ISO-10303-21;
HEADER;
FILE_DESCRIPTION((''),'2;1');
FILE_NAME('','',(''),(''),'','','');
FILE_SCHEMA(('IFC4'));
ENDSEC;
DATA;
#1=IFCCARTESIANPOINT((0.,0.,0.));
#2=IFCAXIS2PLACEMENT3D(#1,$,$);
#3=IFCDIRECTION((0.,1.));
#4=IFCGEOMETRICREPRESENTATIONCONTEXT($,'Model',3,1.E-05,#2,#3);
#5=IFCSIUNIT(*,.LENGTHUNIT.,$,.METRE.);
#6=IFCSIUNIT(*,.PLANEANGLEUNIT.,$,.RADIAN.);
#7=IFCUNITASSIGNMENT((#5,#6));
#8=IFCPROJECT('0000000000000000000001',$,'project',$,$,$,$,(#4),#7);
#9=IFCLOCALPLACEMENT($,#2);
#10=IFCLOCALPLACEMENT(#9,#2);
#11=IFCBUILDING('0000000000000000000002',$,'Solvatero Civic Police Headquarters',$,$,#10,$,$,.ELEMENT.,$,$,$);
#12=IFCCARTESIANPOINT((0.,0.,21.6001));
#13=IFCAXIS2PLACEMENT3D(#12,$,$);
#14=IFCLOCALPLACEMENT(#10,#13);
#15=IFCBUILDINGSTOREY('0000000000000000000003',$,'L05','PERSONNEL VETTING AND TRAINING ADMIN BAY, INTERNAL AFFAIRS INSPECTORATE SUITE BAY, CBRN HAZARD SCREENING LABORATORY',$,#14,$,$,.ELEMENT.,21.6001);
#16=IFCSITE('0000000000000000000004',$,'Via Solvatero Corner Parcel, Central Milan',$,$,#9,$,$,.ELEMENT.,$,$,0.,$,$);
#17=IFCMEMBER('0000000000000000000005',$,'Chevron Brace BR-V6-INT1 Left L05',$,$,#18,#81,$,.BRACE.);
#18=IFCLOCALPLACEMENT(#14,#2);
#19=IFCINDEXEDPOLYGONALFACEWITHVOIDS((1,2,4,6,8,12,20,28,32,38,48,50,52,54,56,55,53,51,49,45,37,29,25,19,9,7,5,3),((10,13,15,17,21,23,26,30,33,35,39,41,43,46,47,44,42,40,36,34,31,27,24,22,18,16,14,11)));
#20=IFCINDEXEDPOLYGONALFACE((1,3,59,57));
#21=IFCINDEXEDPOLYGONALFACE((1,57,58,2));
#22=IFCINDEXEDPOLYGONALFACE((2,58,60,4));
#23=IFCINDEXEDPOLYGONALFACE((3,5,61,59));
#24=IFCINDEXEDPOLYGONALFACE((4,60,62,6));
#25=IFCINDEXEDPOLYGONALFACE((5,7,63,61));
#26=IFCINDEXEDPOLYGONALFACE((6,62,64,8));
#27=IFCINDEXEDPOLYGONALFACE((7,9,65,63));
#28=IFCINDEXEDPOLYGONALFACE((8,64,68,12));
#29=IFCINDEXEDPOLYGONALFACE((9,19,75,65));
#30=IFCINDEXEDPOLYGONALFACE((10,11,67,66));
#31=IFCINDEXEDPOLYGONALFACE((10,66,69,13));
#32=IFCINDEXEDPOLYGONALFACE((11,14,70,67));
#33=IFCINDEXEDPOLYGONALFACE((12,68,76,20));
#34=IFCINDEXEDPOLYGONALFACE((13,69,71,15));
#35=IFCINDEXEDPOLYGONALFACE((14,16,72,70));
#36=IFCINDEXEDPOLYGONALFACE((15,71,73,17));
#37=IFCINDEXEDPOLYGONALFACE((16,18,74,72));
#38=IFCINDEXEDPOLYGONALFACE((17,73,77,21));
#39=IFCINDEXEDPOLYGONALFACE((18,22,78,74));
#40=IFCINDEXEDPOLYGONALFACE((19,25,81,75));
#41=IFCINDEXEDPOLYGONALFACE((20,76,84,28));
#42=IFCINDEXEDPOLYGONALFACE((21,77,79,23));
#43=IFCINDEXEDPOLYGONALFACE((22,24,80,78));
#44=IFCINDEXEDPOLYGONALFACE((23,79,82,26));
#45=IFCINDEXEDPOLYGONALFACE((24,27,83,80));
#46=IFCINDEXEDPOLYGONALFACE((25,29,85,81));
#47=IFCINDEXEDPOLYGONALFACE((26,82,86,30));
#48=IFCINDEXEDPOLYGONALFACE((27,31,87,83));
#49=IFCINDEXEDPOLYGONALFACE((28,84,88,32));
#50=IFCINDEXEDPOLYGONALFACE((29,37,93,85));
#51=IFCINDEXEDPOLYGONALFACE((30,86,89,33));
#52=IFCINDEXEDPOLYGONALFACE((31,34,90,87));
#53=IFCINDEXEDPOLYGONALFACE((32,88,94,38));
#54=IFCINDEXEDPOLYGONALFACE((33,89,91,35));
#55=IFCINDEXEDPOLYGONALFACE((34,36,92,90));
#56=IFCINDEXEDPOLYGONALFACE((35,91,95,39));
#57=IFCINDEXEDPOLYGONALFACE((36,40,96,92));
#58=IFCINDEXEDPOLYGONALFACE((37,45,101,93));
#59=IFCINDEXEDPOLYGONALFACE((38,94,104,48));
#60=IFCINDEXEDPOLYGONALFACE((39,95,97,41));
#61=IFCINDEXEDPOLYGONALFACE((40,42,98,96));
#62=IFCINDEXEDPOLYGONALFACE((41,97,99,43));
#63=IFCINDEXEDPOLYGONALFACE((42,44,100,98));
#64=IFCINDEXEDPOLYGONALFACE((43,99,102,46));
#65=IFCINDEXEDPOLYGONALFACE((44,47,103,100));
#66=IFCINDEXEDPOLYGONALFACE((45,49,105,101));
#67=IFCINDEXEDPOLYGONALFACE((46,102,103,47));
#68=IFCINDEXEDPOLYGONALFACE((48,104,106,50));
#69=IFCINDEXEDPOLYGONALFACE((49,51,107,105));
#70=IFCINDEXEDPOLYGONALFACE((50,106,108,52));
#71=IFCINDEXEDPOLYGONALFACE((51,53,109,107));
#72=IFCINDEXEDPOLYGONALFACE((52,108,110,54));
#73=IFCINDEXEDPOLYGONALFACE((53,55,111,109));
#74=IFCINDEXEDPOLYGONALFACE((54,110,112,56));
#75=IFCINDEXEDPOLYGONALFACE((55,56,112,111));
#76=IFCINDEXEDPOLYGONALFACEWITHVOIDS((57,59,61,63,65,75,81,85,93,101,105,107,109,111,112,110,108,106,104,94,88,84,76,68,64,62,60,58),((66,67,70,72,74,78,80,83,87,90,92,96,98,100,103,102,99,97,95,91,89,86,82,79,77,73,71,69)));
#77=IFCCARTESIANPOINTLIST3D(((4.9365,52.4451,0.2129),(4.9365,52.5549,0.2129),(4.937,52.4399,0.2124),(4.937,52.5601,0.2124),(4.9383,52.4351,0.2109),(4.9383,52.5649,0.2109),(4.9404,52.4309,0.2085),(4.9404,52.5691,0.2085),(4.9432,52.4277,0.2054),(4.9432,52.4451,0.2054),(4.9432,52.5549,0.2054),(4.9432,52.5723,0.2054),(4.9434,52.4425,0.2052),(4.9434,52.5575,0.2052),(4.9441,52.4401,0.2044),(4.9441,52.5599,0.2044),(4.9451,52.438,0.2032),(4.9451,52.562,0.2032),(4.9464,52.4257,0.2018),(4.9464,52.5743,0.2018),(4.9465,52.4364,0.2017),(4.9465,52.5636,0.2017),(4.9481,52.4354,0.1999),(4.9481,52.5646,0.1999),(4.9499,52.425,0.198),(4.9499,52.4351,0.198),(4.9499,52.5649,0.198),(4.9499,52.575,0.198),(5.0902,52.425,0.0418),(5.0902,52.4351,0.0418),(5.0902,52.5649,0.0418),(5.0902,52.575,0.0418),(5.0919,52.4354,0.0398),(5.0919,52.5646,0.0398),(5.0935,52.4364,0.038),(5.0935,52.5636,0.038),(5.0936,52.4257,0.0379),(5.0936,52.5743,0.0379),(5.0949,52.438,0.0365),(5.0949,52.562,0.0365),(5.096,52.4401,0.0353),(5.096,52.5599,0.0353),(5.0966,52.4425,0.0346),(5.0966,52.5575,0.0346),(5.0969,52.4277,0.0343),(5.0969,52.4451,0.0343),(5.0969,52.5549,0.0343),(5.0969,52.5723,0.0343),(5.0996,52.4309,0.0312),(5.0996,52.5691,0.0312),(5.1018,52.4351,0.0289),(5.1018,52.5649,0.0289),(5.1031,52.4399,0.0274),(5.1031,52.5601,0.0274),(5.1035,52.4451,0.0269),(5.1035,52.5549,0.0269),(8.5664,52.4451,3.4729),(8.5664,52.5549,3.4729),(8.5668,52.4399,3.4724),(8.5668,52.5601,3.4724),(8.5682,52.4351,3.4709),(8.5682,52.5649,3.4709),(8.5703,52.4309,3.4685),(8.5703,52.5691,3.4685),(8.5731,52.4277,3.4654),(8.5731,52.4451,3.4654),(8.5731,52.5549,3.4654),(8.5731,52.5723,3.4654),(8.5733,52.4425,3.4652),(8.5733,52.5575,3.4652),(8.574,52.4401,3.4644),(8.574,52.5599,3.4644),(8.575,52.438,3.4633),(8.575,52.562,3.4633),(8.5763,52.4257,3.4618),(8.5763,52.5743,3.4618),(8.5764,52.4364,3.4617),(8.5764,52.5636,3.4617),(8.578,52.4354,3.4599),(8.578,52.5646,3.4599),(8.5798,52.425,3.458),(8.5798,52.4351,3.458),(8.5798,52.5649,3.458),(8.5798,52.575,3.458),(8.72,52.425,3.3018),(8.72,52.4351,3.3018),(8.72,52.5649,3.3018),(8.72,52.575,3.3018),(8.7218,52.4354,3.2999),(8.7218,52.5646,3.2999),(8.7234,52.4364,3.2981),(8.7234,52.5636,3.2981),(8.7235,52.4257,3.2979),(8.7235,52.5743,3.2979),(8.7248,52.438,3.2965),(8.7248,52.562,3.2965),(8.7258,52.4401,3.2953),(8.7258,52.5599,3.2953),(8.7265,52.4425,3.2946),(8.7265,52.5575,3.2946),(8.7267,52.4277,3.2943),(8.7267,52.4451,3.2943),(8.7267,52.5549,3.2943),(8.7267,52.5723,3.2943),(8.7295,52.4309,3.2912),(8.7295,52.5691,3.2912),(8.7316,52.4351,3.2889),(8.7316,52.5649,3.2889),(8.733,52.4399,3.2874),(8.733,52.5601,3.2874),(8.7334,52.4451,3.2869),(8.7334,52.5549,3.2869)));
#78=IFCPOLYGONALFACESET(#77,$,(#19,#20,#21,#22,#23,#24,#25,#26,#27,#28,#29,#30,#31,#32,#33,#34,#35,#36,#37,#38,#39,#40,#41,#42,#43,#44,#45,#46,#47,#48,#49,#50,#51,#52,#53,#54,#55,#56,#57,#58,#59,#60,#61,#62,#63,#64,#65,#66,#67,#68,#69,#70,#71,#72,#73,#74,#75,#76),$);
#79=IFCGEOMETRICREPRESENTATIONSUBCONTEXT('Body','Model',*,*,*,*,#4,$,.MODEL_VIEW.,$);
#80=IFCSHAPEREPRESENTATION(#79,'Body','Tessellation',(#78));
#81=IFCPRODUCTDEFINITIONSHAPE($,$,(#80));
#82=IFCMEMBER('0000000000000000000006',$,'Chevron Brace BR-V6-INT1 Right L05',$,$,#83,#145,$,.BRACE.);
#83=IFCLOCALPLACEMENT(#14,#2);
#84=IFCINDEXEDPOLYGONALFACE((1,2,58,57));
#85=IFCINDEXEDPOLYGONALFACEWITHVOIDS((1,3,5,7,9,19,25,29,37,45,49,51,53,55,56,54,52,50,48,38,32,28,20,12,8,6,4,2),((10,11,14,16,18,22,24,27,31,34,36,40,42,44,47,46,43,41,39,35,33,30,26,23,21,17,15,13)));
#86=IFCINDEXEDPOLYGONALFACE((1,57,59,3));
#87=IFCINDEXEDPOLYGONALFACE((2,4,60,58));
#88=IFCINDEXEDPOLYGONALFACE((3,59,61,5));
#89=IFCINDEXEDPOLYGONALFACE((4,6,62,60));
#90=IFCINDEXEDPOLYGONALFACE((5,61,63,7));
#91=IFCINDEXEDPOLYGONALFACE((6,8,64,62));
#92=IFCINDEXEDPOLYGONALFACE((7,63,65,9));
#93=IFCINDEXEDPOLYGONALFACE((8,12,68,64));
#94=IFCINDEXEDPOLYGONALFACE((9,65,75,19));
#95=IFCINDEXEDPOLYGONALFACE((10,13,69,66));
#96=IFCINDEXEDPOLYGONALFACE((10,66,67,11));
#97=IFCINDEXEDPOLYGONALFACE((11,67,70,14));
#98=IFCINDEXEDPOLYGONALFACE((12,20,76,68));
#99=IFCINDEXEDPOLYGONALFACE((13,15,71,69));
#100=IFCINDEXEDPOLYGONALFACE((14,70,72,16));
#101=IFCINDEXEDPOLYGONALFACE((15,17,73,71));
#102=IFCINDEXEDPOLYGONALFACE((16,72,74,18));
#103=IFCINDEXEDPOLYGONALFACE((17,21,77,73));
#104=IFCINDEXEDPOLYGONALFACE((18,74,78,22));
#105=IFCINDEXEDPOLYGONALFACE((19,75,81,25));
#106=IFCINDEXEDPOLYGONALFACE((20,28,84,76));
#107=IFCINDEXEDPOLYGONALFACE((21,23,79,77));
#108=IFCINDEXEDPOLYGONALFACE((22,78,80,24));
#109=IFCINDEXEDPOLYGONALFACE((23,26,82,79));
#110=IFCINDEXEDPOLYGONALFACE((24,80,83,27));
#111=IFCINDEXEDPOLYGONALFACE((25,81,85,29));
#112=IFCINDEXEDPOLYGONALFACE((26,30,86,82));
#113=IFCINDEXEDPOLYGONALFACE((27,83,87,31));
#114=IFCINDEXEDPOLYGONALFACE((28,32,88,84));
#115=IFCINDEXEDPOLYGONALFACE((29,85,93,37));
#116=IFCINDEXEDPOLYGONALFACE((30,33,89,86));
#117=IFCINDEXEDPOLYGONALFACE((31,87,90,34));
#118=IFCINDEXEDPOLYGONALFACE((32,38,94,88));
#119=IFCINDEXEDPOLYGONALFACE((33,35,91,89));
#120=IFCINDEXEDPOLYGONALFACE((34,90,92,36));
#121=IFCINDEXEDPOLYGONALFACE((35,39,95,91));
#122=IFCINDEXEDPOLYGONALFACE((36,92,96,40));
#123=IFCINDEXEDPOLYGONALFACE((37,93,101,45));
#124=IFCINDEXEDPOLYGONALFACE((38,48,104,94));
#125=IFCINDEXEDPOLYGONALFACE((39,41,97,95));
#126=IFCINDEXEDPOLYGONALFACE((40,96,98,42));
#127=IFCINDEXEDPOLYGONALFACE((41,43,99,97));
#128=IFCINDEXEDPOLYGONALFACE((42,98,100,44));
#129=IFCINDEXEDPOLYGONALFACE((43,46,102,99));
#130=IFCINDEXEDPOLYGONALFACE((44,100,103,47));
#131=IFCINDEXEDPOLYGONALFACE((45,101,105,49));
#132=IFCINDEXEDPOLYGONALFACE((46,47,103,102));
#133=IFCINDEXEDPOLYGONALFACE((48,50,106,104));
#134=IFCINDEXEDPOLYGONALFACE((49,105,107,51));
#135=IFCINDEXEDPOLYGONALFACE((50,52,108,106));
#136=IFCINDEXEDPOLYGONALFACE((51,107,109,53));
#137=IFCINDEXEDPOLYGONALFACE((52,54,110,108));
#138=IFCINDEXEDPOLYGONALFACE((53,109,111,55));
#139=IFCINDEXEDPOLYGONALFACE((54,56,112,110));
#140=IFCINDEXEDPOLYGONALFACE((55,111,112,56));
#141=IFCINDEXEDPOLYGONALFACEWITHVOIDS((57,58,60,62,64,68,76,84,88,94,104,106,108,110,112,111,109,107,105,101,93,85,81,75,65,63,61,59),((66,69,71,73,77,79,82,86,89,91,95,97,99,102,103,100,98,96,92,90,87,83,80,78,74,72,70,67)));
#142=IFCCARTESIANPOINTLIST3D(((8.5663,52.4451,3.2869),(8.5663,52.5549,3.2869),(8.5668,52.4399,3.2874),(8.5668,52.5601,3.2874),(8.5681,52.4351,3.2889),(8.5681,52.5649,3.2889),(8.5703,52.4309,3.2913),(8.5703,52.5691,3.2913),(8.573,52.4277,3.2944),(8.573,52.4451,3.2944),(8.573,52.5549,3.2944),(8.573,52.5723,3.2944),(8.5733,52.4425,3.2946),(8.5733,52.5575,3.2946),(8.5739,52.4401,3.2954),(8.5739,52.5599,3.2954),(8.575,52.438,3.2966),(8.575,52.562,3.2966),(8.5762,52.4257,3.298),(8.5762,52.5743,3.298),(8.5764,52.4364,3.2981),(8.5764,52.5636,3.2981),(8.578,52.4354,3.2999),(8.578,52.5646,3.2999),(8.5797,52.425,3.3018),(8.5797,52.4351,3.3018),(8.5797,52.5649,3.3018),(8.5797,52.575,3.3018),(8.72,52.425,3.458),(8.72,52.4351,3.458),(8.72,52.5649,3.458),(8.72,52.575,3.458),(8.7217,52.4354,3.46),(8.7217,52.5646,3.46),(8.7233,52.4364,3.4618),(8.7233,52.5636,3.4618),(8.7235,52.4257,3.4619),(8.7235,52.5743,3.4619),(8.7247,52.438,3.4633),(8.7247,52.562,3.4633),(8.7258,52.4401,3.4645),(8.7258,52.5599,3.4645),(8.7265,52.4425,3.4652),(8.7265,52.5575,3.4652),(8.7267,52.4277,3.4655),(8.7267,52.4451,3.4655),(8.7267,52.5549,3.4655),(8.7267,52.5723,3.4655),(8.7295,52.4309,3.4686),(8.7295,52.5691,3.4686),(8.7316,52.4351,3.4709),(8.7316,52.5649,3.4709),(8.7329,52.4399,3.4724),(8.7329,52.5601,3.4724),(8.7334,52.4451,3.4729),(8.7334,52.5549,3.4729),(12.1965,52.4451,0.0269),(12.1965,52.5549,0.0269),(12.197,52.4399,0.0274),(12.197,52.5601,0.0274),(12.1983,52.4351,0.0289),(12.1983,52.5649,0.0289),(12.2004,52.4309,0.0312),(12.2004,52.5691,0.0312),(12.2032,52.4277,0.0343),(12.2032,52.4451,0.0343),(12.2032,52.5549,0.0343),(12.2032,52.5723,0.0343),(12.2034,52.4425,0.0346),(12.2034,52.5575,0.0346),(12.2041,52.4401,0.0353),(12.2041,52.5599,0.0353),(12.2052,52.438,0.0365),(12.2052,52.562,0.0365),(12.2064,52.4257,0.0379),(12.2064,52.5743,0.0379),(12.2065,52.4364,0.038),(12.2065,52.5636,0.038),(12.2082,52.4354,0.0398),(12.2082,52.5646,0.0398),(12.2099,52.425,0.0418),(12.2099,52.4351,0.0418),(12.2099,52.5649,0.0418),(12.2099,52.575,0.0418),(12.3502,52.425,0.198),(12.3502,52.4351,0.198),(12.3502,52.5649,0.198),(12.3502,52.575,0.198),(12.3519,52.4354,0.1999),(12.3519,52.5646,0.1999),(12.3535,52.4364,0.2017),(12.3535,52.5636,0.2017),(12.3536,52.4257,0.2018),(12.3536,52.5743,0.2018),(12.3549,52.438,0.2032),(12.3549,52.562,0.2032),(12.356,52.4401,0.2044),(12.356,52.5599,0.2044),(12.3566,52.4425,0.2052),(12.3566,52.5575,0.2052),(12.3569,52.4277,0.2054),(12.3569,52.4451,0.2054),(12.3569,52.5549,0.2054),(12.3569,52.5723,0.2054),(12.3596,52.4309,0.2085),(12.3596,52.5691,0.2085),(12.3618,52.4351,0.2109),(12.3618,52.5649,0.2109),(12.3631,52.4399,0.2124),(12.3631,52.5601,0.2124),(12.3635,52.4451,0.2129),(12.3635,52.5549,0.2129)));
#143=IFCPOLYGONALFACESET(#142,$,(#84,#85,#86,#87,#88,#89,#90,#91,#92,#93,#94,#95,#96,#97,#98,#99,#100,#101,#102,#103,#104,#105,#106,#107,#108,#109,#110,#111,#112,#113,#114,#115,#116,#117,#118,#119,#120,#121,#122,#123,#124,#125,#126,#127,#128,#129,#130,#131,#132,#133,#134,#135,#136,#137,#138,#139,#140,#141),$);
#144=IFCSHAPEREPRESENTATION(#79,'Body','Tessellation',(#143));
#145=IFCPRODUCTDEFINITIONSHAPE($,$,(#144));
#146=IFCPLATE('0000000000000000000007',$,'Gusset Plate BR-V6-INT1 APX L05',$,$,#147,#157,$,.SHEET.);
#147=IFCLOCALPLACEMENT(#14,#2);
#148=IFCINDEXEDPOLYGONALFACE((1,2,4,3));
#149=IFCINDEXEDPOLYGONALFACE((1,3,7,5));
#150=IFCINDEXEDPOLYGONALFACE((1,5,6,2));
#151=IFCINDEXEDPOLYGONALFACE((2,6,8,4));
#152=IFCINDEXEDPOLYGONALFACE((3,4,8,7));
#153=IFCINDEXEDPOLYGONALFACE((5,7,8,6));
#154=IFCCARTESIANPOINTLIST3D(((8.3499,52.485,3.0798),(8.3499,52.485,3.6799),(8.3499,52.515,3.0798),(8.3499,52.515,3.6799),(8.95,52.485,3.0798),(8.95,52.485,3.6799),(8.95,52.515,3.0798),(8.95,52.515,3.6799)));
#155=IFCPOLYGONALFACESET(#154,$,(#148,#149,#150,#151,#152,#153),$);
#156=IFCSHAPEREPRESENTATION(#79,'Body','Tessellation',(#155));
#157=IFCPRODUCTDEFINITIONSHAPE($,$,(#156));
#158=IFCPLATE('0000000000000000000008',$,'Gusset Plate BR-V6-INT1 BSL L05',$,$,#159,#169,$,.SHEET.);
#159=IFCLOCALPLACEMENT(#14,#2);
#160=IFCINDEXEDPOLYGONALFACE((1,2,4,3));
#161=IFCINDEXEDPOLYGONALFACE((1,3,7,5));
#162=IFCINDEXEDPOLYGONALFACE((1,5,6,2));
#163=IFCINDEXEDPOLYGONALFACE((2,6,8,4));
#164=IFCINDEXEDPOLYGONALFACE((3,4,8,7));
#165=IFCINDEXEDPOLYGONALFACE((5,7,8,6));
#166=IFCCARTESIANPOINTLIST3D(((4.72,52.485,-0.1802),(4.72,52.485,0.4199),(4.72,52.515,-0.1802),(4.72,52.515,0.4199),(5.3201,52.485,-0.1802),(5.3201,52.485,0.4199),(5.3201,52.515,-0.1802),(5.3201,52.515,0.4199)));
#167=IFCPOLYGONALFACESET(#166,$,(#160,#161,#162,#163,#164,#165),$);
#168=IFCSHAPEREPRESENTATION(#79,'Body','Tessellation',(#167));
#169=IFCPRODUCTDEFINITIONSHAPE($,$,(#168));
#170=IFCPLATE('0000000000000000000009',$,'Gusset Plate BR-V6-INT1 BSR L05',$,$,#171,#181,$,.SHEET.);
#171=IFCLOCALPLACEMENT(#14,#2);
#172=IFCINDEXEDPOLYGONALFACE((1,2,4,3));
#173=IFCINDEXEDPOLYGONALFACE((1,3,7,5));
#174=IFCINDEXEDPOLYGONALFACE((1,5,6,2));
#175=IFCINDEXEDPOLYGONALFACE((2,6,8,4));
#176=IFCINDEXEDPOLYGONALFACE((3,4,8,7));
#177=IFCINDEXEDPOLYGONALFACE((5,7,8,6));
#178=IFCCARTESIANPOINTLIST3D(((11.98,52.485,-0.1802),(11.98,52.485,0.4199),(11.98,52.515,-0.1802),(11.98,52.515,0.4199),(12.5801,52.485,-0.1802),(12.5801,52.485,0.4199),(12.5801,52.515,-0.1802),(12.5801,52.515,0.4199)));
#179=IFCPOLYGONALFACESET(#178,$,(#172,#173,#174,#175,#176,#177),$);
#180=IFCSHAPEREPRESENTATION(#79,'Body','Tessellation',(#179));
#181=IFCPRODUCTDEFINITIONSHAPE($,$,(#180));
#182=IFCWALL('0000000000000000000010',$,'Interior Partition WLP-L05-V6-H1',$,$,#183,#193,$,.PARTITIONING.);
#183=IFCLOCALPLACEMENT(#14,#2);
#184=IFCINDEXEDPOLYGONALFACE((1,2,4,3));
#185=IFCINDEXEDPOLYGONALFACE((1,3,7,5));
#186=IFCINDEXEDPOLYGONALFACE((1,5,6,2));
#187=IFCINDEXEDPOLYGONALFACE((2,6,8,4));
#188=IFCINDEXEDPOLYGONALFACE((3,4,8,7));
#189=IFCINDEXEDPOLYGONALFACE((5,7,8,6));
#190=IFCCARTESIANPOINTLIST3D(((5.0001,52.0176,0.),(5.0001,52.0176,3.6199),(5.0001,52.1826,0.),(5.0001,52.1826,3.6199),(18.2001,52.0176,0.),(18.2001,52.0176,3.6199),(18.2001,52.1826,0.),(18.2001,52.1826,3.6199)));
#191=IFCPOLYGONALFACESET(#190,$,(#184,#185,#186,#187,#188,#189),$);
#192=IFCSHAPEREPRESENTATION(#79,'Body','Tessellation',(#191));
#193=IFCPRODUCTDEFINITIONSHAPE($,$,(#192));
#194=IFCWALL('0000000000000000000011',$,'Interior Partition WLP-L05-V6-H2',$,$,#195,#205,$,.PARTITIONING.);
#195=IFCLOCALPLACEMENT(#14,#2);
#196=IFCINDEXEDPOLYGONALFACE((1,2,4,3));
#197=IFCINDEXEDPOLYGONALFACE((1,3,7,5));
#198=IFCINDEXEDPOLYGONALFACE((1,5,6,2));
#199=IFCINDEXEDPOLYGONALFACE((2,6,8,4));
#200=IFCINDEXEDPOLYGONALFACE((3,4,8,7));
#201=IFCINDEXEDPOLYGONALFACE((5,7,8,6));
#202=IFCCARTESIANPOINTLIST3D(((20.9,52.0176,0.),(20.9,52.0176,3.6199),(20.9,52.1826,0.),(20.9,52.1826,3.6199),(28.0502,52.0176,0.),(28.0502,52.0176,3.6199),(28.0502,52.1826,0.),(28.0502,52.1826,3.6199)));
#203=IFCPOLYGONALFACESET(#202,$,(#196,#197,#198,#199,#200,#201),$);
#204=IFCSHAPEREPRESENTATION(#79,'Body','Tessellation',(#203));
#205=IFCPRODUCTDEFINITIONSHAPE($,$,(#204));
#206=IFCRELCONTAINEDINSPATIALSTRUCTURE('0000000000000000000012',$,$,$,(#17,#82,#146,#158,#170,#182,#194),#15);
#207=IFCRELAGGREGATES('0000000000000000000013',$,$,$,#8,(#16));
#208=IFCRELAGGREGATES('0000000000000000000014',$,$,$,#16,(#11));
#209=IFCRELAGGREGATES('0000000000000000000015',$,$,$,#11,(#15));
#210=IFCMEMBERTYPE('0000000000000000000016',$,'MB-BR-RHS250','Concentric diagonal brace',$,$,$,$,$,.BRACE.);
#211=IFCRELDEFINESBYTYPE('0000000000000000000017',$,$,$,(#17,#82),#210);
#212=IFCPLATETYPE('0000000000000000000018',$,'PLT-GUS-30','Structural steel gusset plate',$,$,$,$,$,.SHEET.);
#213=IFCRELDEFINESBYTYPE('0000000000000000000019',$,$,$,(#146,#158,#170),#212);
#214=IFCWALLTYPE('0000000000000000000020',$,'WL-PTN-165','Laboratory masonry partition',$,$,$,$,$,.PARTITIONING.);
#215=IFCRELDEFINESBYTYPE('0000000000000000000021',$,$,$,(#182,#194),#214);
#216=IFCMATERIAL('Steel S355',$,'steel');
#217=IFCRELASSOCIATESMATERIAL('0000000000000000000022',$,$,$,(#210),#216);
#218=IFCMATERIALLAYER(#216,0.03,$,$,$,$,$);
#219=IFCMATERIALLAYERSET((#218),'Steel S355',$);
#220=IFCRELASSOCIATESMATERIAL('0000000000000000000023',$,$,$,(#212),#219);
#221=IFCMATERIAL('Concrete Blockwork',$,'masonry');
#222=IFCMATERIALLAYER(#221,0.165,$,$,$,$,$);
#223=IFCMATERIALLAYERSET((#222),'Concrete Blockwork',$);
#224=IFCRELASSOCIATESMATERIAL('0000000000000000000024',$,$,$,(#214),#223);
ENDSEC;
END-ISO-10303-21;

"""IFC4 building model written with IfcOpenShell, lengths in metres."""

from ifc_helpers import new_model, si_unit, direction, frame, frame_2d, origin, origin_2d, place, context, subcontext, project, spatial, rectangle, hollow_rectangle, extrude, material, layer, layer_set, material_profile, profile_set, type_object, element, save


model = new_model("IFC4")

# Units and contexts
model_context = context("Model", 3, precision=1e-05, world=origin(), true_north=direction((0.0, 1.0)))
body_context = subcontext(model_context, "Body", "Model", "MODEL_VIEW")
ifc_project = project(units=[si_unit("LENGTHUNIT", "METRE"), si_unit("PLANEANGLEUNIT", "RADIAN")], contexts=[model_context])

# Site, building, storey
site_placement = place(None, origin())
site = spatial("IfcSite", under=ifc_project, at=site_placement, Name="Via Solvatero Corner Parcel, Central Milan", CompositionType="ELEMENT", RefElevation=0.0)
building_placement = place(site_placement, origin())
building = spatial("IfcBuilding", under=site, at=building_placement, Name="Solvatero Civic Police Headquarters", CompositionType="ELEMENT")
storey_placement = place(building_placement, frame((0.0, 0.0, 21.6001)))
storey = spatial("IfcBuildingStorey", under=building, at=storey_placement, Name="L05", Description="PERSONNEL VETTING AND TRAINING ADMIN BAY, INTERNAL AFFAIRS INSPECTORATE SUITE BAY, CBRN HAZARD SCREENING LABORATORY", CompositionType="ELEMENT", Elevation=21.6001)

# Shared definitions
ifc_material_1 = material(Name="Steel S355", Category="steel")

# Members
ifc_material_profile_1 = material_profile(ifc_material_1, hollow_rectangle(XDim=0.1499, YDim=0.25, WallThickness=0.01, InnerFilletRadius=0.01, OuterFilletRadius=0.02, at=origin_2d()), Name="RHS 250x150x10.0")
ifc_profile_set_1 = profile_set([ifc_material_profile_1], Name="Steel S355")
member_type = type_object("IfcMemberType", Name="MB-BR-RHS250", Description="Concentric diagonal brace", PredefinedType="BRACE", material=ifc_profile_set_1)
member_1_placement = place(storey_placement, frame((5.02, 52.5, 0.1199), z_axis=(0.743995, 0.0, 0.668185), x_axis=(0.0, 1.0, 0.0)))
element("IfcMember", 1, at=member_1_placement, inside=storey, type_object=member_type, Name="Chevron Brace BR-V6-INT1 Left L05", PredefinedType="BRACE", context=body_context, shape_type="SweptSolid", body=[
    extrude(hollow_rectangle(XDim=0.1499, YDim=0.25, WallThickness=0.01, InnerFilletRadius=0.01, OuterFilletRadius=0.02, at=origin_2d()), origin(), (0.0, 0.0, 1.0), 4.8789),
])
member_2_placement = place(storey_placement, frame((12.28, 52.5, 0.1199), z_axis=(-0.744018, 0.0, 0.66816), x_axis=(0.0, -1.0, 0.0)))
element("IfcMember", 2, at=member_2_placement, inside=storey, type_object=member_type, Name="Chevron Brace BR-V6-INT1 Right L05", PredefinedType="BRACE", context=body_context, shape_type="SweptSolid", body=[
    extrude(hollow_rectangle(XDim=0.1499, YDim=0.25, WallThickness=0.01, InnerFilletRadius=0.01, OuterFilletRadius=0.02, at=origin_2d()), origin(), (0.0, 0.0, 1.0), 4.8792),
])

# Plates
ifc_layer_1 = layer(ifc_material_1, 0.03)
ifc_layer_set_1 = layer_set([ifc_layer_1], Name="Steel S355")
plate_type = type_object("IfcPlateType", Name="PLT-GUS-30", Description="Structural steel gusset plate", PredefinedType="SHEET", material=ifc_layer_set_1)
for number, where, z_axis, x_axis, name in (
    (3, (8.6499, 52.5, 3.0798), (0.0, 0.0, 1.0), (1.0, 0.0, 0.0), "Gusset Plate BR-V6-INT1 APX L05"),
    (4, (5.02, 52.5, -0.1802), (0.0, 0.0, 1.0), (1.0, 0.0, 0.0), "Gusset Plate BR-V6-INT1 BSL L05"),
    (5, (12.28, 52.5, -0.1802), (0.0, 0.0, 1.0), (1.0, 0.0, 0.0), "Gusset Plate BR-V6-INT1 BSR L05"),
):
    element("IfcPlate", number, at=place(storey_placement, frame(where, z_axis=z_axis, x_axis=x_axis)), inside=storey, type_object=plate_type, Name=name, PredefinedType="SHEET", context=body_context, shape_type="SweptSolid", body=[
        extrude(rectangle(XDim=0.6001, YDim=0.03, at=origin_2d()), origin(), (0.0, 0.0, 1.0), 0.6001),
    ])

# Walls
ifc_material_2 = material(Name="Concrete Blockwork", Category="masonry")
ifc_layer_2 = layer(ifc_material_2, 0.165)
ifc_layer_set_2 = layer_set([ifc_layer_2], Name="Concrete Blockwork")
wall_type = type_object("IfcWallType", Name="WL-PTN-165", Description="Laboratory masonry partition", PredefinedType="PARTITIONING", material=ifc_layer_set_2)
wall_1_placement = place(storey_placement, frame((5.0, 52.1001, 0.0), z_axis=(0.0, 0.0, 1.0), x_axis=(1.0, 0.0, 0.0)))
element("IfcWall", 6, at=wall_1_placement, inside=storey, type_object=wall_type, Name="Interior Partition WLP-L05-V6-H1", PredefinedType="PARTITIONING", context=body_context, shape_type="SweptSolid", body=[
    extrude(rectangle(XDim=13.2, YDim=0.165, at=frame_2d((6.6001, 0.0))), origin(), (0.0, 0.0, 1.0), 3.6199),
])
wall_2_placement = place(storey_placement, frame((20.8999, 52.1001, 0.0), z_axis=(0.0, 0.0, 1.0), x_axis=(1.0, 0.0, 0.0)))
element("IfcWall", 7, at=wall_2_placement, inside=storey, type_object=wall_type, Name="Interior Partition WLP-L05-V6-H2", PredefinedType="PARTITIONING", context=body_context, shape_type="SweptSolid", body=[
    extrude(rectangle(XDim=7.1501, YDim=0.165, at=frame_2d((3.5752, 0.0))), origin(), (0.0, 0.0, 1.0), 3.6199),
])

save(model, "model.ifc")
